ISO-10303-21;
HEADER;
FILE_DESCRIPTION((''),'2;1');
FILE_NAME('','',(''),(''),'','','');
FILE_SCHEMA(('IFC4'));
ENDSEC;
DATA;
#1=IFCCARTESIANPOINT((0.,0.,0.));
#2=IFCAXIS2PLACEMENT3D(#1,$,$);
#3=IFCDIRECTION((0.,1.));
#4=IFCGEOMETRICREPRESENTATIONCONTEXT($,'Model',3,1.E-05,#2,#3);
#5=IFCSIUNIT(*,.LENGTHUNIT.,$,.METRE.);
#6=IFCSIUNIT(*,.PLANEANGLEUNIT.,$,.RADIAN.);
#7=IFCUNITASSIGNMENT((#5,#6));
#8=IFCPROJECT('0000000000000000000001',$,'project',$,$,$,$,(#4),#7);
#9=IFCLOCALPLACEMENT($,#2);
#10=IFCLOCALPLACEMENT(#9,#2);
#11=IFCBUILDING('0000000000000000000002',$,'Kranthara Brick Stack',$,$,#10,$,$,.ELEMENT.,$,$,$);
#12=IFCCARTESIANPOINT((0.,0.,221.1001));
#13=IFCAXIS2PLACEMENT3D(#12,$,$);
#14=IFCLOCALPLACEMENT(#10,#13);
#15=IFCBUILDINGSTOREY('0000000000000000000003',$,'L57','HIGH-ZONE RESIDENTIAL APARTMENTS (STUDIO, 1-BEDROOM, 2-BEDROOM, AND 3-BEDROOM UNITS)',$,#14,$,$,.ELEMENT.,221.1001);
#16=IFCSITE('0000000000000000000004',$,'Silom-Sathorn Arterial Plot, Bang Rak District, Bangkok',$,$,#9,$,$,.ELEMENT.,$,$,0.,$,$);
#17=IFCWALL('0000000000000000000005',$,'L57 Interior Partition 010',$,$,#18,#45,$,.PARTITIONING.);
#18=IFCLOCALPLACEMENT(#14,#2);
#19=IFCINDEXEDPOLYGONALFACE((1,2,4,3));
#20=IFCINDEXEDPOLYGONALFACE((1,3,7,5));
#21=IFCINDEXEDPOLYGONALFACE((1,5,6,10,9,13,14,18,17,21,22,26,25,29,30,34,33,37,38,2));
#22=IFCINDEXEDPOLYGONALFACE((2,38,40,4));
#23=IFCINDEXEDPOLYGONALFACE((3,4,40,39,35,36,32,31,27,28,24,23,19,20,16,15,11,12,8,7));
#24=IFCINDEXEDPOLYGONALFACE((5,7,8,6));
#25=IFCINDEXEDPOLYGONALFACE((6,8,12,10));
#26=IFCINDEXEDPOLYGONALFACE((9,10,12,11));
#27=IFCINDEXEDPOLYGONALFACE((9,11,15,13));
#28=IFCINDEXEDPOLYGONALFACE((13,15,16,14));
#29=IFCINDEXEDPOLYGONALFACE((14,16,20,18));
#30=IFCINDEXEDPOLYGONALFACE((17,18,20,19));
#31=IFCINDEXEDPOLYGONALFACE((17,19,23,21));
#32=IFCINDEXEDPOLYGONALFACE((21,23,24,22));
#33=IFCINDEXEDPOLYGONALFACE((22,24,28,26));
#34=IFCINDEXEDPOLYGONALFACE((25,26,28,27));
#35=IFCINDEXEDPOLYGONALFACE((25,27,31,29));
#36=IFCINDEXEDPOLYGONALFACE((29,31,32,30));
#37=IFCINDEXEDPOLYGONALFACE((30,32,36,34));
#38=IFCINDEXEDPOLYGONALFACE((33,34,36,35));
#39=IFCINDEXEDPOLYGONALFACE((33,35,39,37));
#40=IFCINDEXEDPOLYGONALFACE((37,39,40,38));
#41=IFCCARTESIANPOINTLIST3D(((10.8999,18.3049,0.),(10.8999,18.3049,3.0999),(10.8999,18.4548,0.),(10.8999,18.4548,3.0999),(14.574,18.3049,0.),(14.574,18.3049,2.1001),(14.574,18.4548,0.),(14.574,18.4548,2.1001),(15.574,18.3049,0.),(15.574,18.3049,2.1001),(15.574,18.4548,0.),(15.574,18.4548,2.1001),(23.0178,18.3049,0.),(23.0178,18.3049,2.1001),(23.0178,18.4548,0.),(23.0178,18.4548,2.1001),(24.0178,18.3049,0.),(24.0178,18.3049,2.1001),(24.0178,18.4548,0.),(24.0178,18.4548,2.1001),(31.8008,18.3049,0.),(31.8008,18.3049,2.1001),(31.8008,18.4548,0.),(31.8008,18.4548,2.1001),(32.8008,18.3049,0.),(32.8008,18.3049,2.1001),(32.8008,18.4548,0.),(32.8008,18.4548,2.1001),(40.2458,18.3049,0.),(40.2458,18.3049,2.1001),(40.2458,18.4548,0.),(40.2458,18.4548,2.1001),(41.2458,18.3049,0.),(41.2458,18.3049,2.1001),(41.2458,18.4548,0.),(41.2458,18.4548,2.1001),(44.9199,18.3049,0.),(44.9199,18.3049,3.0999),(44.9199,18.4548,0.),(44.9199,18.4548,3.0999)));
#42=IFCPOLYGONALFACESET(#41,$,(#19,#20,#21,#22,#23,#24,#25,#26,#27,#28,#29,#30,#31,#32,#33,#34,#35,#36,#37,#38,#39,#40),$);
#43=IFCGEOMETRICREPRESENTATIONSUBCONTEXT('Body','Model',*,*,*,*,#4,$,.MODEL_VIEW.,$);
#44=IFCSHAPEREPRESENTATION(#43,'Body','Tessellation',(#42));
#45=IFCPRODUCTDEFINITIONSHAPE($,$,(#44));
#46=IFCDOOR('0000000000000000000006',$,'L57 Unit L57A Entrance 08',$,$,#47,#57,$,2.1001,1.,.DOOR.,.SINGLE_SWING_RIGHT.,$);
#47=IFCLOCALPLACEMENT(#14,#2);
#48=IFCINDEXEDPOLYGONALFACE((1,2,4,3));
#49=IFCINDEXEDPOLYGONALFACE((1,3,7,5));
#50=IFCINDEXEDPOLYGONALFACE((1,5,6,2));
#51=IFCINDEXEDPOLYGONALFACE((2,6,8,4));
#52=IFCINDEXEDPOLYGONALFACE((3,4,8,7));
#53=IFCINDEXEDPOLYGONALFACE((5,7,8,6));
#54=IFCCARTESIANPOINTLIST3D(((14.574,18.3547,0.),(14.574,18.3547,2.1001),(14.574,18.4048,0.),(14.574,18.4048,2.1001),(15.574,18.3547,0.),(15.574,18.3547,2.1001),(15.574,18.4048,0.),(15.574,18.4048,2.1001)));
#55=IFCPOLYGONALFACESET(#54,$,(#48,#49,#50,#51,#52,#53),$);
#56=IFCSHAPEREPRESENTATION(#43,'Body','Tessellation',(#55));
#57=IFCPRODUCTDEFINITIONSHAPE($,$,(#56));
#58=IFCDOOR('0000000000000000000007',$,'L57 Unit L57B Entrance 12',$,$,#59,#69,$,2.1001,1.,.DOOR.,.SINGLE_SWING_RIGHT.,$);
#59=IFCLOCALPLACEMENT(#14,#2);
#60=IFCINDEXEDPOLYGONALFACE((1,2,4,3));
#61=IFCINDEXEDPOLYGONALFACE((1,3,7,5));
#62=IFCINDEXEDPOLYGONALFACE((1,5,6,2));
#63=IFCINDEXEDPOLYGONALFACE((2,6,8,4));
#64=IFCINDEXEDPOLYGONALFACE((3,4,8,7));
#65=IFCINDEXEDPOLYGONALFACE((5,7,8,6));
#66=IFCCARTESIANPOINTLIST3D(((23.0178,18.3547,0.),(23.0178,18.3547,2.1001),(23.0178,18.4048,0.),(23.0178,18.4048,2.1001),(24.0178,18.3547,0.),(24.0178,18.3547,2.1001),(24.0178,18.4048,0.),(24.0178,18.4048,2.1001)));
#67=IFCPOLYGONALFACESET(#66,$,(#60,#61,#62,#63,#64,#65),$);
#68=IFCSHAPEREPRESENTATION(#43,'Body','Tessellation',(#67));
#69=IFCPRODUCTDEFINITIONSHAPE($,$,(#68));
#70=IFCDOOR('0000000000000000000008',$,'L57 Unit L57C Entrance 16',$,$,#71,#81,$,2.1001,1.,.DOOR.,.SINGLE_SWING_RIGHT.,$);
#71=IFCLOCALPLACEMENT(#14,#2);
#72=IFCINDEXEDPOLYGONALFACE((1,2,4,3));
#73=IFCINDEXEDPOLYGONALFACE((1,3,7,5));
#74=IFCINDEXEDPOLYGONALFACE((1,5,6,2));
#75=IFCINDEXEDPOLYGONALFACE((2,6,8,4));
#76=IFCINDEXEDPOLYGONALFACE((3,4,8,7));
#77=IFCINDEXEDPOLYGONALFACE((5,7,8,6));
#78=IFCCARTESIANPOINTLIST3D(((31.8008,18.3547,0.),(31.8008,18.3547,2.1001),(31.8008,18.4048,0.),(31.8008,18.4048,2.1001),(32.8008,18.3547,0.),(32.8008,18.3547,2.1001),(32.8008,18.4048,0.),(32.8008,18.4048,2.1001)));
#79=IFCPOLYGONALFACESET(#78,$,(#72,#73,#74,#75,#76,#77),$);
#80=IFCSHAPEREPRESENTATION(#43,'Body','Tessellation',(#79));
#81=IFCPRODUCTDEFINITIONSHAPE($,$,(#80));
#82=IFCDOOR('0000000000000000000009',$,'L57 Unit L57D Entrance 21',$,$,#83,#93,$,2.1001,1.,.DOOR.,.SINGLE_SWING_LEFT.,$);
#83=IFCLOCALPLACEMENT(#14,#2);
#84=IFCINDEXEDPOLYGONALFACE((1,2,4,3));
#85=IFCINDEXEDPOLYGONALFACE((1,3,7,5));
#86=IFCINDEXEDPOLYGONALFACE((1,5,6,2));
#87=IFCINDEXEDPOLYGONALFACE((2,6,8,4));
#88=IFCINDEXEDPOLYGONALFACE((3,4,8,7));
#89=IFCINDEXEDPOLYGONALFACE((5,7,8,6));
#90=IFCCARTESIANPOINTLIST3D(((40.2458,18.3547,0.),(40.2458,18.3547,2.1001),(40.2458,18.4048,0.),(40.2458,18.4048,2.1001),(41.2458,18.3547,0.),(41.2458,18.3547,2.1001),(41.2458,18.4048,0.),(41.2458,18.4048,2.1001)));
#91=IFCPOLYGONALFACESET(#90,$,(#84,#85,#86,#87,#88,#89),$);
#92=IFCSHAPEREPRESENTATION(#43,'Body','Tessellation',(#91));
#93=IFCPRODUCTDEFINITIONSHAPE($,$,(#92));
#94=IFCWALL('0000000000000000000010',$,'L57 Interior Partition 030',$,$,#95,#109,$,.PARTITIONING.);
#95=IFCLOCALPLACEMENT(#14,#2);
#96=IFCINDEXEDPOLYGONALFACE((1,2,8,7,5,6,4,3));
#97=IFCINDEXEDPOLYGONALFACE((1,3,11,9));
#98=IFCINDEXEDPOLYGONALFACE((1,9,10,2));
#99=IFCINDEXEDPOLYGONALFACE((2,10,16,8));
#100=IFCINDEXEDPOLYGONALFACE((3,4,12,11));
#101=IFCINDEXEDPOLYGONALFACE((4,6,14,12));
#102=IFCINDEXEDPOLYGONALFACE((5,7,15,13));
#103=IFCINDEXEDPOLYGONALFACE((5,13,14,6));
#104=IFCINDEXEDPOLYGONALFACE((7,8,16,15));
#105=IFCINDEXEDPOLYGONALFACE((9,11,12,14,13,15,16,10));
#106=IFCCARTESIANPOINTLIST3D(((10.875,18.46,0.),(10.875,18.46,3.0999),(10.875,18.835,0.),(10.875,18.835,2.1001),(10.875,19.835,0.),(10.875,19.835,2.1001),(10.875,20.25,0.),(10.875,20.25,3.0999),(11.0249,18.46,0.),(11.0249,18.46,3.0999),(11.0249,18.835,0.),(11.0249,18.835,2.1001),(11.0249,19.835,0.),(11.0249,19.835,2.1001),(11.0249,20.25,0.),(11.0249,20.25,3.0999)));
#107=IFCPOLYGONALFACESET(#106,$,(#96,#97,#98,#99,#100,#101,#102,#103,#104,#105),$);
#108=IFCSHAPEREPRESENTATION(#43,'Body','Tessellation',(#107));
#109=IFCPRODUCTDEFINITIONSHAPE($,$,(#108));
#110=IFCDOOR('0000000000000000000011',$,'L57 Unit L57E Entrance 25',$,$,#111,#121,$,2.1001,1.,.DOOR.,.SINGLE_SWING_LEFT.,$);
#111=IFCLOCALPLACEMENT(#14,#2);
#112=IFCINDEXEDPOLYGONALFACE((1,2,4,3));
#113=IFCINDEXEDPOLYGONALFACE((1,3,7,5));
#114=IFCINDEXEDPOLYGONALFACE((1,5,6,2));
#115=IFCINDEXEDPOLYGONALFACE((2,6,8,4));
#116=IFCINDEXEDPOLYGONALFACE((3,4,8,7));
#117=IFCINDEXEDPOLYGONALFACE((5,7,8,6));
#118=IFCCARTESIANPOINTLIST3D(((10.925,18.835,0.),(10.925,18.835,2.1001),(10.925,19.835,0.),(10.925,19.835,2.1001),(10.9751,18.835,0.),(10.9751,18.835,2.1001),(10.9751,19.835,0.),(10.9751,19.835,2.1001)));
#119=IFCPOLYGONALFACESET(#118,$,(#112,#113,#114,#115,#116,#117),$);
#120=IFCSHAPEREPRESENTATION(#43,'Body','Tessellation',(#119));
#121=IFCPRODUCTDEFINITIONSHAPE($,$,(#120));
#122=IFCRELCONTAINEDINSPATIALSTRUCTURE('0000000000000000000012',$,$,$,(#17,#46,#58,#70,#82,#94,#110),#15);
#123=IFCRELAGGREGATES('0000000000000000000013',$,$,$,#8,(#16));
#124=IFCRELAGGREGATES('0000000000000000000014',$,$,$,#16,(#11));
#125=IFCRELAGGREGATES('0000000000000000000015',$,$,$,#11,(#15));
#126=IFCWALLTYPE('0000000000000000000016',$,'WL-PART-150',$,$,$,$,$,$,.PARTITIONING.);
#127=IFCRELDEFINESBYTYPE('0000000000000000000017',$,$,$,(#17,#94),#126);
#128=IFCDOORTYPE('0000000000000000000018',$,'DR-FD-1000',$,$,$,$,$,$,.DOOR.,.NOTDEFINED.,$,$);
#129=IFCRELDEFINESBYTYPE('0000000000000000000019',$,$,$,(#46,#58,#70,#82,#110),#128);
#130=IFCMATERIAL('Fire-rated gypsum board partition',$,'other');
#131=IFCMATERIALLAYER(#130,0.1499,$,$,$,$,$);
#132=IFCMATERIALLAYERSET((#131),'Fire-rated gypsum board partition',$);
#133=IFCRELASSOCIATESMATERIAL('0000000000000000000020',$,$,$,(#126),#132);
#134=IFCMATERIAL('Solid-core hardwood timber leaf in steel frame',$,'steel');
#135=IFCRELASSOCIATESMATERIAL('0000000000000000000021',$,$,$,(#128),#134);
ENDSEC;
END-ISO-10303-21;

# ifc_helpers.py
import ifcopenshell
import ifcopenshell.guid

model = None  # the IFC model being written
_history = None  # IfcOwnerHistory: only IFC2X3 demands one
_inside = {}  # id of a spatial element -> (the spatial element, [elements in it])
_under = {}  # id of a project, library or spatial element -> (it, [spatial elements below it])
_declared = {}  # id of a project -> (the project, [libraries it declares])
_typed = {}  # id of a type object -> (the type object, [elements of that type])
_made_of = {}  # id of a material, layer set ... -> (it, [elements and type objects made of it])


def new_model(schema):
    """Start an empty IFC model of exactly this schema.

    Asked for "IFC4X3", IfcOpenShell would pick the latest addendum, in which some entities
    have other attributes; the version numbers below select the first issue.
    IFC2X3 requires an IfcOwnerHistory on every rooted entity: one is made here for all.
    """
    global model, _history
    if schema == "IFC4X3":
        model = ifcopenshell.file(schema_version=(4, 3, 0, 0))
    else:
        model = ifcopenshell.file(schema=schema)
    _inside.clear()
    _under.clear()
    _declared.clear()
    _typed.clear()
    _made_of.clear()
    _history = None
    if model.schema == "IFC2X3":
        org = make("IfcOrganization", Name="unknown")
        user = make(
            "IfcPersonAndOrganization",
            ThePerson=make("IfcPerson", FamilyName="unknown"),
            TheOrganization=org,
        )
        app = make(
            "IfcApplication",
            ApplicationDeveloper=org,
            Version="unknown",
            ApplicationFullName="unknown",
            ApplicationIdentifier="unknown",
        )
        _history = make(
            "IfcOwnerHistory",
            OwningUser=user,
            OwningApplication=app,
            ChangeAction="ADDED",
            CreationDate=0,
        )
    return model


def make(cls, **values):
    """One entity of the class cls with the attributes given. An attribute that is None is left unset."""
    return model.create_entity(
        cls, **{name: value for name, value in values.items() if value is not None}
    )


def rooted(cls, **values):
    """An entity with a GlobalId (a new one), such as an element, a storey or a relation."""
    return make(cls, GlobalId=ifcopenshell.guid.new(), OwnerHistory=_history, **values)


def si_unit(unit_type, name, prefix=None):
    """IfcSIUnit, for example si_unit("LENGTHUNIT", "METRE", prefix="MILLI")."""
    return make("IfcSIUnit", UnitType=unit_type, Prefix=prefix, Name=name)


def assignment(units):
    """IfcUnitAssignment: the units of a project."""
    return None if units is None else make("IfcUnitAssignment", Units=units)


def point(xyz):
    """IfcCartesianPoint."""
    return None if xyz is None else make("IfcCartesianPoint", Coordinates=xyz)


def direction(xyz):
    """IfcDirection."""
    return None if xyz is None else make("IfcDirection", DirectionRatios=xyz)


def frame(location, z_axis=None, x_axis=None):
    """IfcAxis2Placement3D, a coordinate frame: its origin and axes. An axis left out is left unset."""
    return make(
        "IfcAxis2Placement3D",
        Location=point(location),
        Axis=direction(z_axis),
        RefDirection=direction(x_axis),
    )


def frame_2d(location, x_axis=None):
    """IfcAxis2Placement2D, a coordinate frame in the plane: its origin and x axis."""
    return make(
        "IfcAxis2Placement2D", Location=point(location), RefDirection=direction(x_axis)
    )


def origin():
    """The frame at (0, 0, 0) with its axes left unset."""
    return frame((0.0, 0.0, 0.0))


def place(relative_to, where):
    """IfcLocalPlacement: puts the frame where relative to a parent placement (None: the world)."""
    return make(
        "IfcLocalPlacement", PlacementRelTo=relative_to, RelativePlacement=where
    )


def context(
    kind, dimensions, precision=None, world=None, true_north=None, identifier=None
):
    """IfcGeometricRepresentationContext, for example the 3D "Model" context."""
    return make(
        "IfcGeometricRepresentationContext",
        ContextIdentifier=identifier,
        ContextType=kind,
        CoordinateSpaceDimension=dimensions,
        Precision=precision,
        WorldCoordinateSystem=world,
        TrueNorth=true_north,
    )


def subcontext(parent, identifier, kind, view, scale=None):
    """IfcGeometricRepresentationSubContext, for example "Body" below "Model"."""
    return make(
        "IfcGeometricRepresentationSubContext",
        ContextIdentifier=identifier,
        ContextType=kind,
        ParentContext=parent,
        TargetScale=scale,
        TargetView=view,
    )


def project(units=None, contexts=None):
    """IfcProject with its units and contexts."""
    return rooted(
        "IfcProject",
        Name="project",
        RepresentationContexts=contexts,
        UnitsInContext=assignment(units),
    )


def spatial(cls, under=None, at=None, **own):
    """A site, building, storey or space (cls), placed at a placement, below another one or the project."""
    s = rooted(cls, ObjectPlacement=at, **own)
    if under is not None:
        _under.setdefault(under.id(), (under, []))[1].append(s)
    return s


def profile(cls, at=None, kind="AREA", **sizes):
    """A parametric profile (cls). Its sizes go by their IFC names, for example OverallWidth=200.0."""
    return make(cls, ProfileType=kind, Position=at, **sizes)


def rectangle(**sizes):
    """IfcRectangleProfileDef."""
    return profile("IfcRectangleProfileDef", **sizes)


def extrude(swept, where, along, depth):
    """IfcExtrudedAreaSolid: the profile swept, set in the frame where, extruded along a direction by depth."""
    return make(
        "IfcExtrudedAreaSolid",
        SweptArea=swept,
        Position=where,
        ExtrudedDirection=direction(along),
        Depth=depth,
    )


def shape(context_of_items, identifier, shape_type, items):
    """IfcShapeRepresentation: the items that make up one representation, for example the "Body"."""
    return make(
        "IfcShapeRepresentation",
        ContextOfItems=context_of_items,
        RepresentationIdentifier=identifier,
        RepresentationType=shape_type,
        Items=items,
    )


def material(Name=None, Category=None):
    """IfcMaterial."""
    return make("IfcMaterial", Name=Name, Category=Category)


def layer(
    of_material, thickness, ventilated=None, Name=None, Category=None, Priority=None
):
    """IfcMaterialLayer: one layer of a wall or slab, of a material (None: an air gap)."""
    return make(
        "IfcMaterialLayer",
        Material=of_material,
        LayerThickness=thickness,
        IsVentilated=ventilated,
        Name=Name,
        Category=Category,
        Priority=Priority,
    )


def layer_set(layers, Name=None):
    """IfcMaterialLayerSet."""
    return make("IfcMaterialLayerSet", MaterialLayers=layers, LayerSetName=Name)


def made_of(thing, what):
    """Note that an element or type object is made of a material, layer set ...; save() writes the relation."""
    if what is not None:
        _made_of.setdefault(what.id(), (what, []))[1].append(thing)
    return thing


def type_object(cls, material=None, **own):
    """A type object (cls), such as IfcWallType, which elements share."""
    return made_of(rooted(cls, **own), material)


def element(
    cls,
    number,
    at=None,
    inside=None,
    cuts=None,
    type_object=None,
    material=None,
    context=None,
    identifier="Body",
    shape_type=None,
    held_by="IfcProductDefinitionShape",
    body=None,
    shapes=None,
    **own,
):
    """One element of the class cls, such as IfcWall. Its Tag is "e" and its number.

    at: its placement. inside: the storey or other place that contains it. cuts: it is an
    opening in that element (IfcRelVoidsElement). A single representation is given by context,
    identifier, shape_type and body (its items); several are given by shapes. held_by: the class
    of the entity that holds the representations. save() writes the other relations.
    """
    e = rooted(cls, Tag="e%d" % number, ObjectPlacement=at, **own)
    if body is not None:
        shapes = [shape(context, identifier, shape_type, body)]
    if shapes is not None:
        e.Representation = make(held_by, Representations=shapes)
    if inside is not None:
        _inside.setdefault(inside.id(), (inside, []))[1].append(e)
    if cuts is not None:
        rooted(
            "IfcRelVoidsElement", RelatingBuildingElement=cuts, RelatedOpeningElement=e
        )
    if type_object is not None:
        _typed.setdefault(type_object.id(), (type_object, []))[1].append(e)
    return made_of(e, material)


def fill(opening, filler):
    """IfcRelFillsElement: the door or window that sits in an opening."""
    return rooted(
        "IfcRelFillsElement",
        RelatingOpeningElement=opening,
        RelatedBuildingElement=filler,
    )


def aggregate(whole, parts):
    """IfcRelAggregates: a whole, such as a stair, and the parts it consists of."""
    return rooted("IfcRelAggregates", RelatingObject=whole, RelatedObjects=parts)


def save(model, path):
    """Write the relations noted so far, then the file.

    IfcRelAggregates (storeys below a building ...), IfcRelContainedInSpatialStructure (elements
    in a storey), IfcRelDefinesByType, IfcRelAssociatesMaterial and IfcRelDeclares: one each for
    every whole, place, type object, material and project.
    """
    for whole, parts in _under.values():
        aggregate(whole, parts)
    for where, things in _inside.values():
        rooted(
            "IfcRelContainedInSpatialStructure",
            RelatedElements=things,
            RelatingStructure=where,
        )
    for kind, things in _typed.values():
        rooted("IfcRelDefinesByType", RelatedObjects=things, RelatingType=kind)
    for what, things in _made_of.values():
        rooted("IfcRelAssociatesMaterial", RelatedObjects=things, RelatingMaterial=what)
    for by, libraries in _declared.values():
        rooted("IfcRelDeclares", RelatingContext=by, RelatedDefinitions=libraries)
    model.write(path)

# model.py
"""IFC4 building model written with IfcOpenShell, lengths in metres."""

from ifc_helpers import new_model, si_unit, direction, frame, frame_2d, origin, place, context, subcontext, project, spatial, rectangle, extrude, material, layer, layer_set, type_object, element, fill, save


model = new_model("IFC4")

# Units and contexts
model_context = context("Model", 3, precision=1e-05, world=origin(), true_north=direction((0.0, 1.0)))
body_context = subcontext(model_context, "Body", "Model", "MODEL_VIEW")
ifc_project = project(units=[si_unit("LENGTHUNIT", "METRE"), si_unit("PLANEANGLEUNIT", "RADIAN")], contexts=[model_context])

# Site, building, storey
site_placement = place(None, origin())
site = spatial("IfcSite", under=ifc_project, at=site_placement, Name="Silom-Sathorn Arterial Plot, Bang Rak District, Bangkok", CompositionType="ELEMENT", RefElevation=0.0)
building_placement = place(site_placement, origin())
building = spatial("IfcBuilding", under=site, at=building_placement, Name="Kranthara Brick Stack", CompositionType="ELEMENT")
storey_placement = place(building_placement, frame((0.0, 0.0, 221.1001)))
storey = spatial("IfcBuildingStorey", under=building, at=storey_placement, Name="L57", Description="HIGH-ZONE RESIDENTIAL APARTMENTS (STUDIO, 1-BEDROOM, 2-BEDROOM, AND 3-BEDROOM UNITS)", CompositionType="ELEMENT", Elevation=221.1001)

# Wall, openings, doors
ifc_material_1 = material(Name="Fire-rated gypsum board partition", Category="other")
ifc_layer_1 = layer(ifc_material_1, 0.1499)
ifc_layer_set_1 = layer_set([ifc_layer_1], Name="Fire-rated gypsum board partition")
wall_type_1 = type_object("IfcWallType", Name="WL-PART-150", PredefinedType="PARTITIONING", material=ifc_layer_set_1)
wall_1_placement = place(storey_placement, frame((10.8999, 18.3799, 0.0), z_axis=(0.0, 0.0, 1.0), x_axis=(1.0, 0.0, 0.0)))
wall_1 = element("IfcWall", 1, at=wall_1_placement, inside=storey, type_object=wall_type_1, Name="L57 Interior Partition 010", PredefinedType="PARTITIONING", context=body_context, shape_type="SweptSolid", body=[
    extrude(rectangle(XDim=34.02, YDim=0.1499, at=frame_2d((17.01, 0.0))), origin(), (0.0, 0.0, 1.0), 3.0999),
])
opening_1_placement = place(wall_1_placement, frame((3.6741, 0.0, 0.0)))
opening_1 = element("IfcOpeningElement", 2, at=opening_1_placement, cuts=wall_1, PredefinedType="OPENING", context=body_context, shape_type="SweptSolid", body=[
    extrude(rectangle(XDim=1.0, YDim=2.1001, at=frame_2d((0.5, 1.05))), frame((0.0, 0.085, 0.0), z_axis=(0.0, -1.0, 0.0), x_axis=(1.0, 0.0, 0.0)), (0.0, 0.0, 1.0), 0.1699),
])
opening_2_placement = place(wall_1_placement, frame((12.1179, 0.0, 0.0)))
opening_2 = element("IfcOpeningElement", 3, at=opening_2_placement, cuts=wall_1, PredefinedType="OPENING", context=body_context, shape_type="SweptSolid", body=[
    extrude(rectangle(XDim=1.0, YDim=2.1001, at=frame_2d((0.5, 1.05))), frame((0.0, 0.085, 0.0), z_axis=(0.0, -1.0, 0.0), x_axis=(1.0, 0.0, 0.0)), (0.0, 0.0, 1.0), 0.1699),
])
opening_3_placement = place(wall_1_placement, frame((20.9009, 0.0, 0.0)))
opening_3 = element("IfcOpeningElement", 4, at=opening_3_placement, cuts=wall_1, PredefinedType="OPENING", context=body_context, shape_type="SweptSolid", body=[
    extrude(rectangle(XDim=1.0, YDim=2.1001, at=frame_2d((0.5, 1.05))), frame((0.0, 0.085, 0.0), z_axis=(0.0, -1.0, 0.0), x_axis=(1.0, 0.0, 0.0)), (0.0, 0.0, 1.0), 0.1699),
])
opening_4_placement = place(wall_1_placement, frame((29.3459, 0.0, 0.0)))
opening_4 = element("IfcOpeningElement", 5, at=opening_4_placement, cuts=wall_1, PredefinedType="OPENING", context=body_context, shape_type="SweptSolid", body=[
    extrude(rectangle(XDim=1.0, YDim=2.1001, at=frame_2d((0.5, 1.05))), frame((0.0, 0.085, 0.0), z_axis=(0.0, -1.0, 0.0), x_axis=(1.0, 0.0, 0.0)), (0.0, 0.0, 1.0), 0.1699),
])
ifc_material_2 = material(Name="Solid-core hardwood timber leaf in steel frame", Category="steel")
door_type_1 = type_object("IfcDoorType", Name="DR-FD-1000", OperationType="NOTDEFINED", PredefinedType="DOOR", material=ifc_material_2)
door_1_placement = place(opening_1_placement, origin())
door_1 = element("IfcDoor", 6, at=door_1_placement, inside=storey, type_object=door_type_1, Name="L57 Unit L57A Entrance 08", OperationType="SINGLE_SWING_RIGHT", OverallHeight=2.1001, OverallWidth=1.0, PredefinedType="DOOR", context=body_context, shape_type="SweptSolid", body=[
    extrude(rectangle(XDim=1.0, YDim=2.1001, at=frame_2d((0.5, 1.05))), frame((0.0, 0.0249, 0.0), z_axis=(0.0, -1.0, 0.0), x_axis=(1.0, 0.0, 0.0)), (0.0, 0.0, 1.0), 0.05),
])
fill(opening_1, door_1)
door_2_placement = place(opening_2_placement, origin())
door_2 = element("IfcDoor", 7, at=door_2_placement, inside=storey, type_object=door_type_1, Name="L57 Unit L57B Entrance 12", OperationType="SINGLE_SWING_RIGHT", OverallHeight=2.1001, OverallWidth=1.0, PredefinedType="DOOR", context=body_context, shape_type="SweptSolid", body=[
    extrude(rectangle(XDim=1.0, YDim=2.1001, at=frame_2d((0.5, 1.05))), frame((0.0, 0.0249, 0.0), z_axis=(0.0, -1.0, 0.0), x_axis=(1.0, 0.0, 0.0)), (0.0, 0.0, 1.0), 0.05),
])
fill(opening_2, door_2)
door_3_placement = place(opening_3_placement, origin())
door_3 = element("IfcDoor", 8, at=door_3_placement, inside=storey, type_object=door_type_1, Name="L57 Unit L57C Entrance 16", OperationType="SINGLE_SWING_RIGHT", OverallHeight=2.1001, OverallWidth=1.0, PredefinedType="DOOR", context=body_context, shape_type="SweptSolid", body=[
    extrude(rectangle(XDim=1.0, YDim=2.1001, at=frame_2d((0.5, 1.05))), frame((0.0, 0.0249, 0.0), z_axis=(0.0, -1.0, 0.0), x_axis=(1.0, 0.0, 0.0)), (0.0, 0.0, 1.0), 0.05),
])
fill(opening_3, door_3)
door_4_placement = place(opening_4_placement, origin())
door_4 = element("IfcDoor", 9, at=door_4_placement, inside=storey, type_object=door_type_1, Name="L57 Unit L57D Entrance 21", OperationType="SINGLE_SWING_LEFT", OverallHeight=2.1001, OverallWidth=1.0, PredefinedType="DOOR", context=body_context, shape_type="SweptSolid", body=[
    extrude(rectangle(XDim=1.0, YDim=2.1001, at=frame_2d((0.5, 1.05))), frame((0.0, 0.0249, 0.0), z_axis=(0.0, -1.0, 0.0), x_axis=(1.0, 0.0, 0.0)), (0.0, 0.0, 1.0), 0.05),
])
fill(opening_4, door_4)

# Wall, opening, door
wall_2_placement = place(storey_placement, frame((10.95, 18.46, 0.0), z_axis=(0.0, 0.0, 1.0), x_axis=(0.0, 1.0, 0.0)))
wall_2 = element("IfcWall", 10, at=wall_2_placement, inside=storey, type_object=wall_type_1, Name="L57 Interior Partition 030", PredefinedType="PARTITIONING", context=body_context, shape_type="SweptSolid", body=[
    extrude(rectangle(XDim=1.79, YDim=0.1499, at=frame_2d((0.895, 0.0))), origin(), (0.0, 0.0, 1.0), 3.0999),
])
opening_5_placement = place(wall_2_placement, frame((0.375, 0.0, 0.0)))
opening_5 = element("IfcOpeningElement", 11, at=opening_5_placement, cuts=wall_2, PredefinedType="OPENING", context=body_context, shape_type="SweptSolid", body=[
    extrude(rectangle(XDim=1.0, YDim=2.1001, at=frame_2d((0.5, 1.05))), frame((0.0, 0.085, 0.0), z_axis=(0.0, -1.0, 0.0), x_axis=(1.0, 0.0, 0.0)), (0.0, 0.0, 1.0), 0.1699),
])
door_5_placement = place(opening_5_placement, origin())
door_5 = element("IfcDoor", 12, at=door_5_placement, inside=storey, type_object=door_type_1, Name="L57 Unit L57E Entrance 25", OperationType="SINGLE_SWING_LEFT", OverallHeight=2.1001, OverallWidth=1.0, PredefinedType="DOOR", context=body_context, shape_type="SweptSolid", body=[
    extrude(rectangle(XDim=1.0, YDim=2.1001, at=frame_2d((0.5, 1.05))), frame((0.0, 0.0249, 0.0), z_axis=(0.0, -1.0, 0.0), x_axis=(1.0, 0.0, 0.0)), (0.0, 0.0, 1.0), 0.05),
])
fill(opening_5, door_5)

save(model, "model.ifc")
